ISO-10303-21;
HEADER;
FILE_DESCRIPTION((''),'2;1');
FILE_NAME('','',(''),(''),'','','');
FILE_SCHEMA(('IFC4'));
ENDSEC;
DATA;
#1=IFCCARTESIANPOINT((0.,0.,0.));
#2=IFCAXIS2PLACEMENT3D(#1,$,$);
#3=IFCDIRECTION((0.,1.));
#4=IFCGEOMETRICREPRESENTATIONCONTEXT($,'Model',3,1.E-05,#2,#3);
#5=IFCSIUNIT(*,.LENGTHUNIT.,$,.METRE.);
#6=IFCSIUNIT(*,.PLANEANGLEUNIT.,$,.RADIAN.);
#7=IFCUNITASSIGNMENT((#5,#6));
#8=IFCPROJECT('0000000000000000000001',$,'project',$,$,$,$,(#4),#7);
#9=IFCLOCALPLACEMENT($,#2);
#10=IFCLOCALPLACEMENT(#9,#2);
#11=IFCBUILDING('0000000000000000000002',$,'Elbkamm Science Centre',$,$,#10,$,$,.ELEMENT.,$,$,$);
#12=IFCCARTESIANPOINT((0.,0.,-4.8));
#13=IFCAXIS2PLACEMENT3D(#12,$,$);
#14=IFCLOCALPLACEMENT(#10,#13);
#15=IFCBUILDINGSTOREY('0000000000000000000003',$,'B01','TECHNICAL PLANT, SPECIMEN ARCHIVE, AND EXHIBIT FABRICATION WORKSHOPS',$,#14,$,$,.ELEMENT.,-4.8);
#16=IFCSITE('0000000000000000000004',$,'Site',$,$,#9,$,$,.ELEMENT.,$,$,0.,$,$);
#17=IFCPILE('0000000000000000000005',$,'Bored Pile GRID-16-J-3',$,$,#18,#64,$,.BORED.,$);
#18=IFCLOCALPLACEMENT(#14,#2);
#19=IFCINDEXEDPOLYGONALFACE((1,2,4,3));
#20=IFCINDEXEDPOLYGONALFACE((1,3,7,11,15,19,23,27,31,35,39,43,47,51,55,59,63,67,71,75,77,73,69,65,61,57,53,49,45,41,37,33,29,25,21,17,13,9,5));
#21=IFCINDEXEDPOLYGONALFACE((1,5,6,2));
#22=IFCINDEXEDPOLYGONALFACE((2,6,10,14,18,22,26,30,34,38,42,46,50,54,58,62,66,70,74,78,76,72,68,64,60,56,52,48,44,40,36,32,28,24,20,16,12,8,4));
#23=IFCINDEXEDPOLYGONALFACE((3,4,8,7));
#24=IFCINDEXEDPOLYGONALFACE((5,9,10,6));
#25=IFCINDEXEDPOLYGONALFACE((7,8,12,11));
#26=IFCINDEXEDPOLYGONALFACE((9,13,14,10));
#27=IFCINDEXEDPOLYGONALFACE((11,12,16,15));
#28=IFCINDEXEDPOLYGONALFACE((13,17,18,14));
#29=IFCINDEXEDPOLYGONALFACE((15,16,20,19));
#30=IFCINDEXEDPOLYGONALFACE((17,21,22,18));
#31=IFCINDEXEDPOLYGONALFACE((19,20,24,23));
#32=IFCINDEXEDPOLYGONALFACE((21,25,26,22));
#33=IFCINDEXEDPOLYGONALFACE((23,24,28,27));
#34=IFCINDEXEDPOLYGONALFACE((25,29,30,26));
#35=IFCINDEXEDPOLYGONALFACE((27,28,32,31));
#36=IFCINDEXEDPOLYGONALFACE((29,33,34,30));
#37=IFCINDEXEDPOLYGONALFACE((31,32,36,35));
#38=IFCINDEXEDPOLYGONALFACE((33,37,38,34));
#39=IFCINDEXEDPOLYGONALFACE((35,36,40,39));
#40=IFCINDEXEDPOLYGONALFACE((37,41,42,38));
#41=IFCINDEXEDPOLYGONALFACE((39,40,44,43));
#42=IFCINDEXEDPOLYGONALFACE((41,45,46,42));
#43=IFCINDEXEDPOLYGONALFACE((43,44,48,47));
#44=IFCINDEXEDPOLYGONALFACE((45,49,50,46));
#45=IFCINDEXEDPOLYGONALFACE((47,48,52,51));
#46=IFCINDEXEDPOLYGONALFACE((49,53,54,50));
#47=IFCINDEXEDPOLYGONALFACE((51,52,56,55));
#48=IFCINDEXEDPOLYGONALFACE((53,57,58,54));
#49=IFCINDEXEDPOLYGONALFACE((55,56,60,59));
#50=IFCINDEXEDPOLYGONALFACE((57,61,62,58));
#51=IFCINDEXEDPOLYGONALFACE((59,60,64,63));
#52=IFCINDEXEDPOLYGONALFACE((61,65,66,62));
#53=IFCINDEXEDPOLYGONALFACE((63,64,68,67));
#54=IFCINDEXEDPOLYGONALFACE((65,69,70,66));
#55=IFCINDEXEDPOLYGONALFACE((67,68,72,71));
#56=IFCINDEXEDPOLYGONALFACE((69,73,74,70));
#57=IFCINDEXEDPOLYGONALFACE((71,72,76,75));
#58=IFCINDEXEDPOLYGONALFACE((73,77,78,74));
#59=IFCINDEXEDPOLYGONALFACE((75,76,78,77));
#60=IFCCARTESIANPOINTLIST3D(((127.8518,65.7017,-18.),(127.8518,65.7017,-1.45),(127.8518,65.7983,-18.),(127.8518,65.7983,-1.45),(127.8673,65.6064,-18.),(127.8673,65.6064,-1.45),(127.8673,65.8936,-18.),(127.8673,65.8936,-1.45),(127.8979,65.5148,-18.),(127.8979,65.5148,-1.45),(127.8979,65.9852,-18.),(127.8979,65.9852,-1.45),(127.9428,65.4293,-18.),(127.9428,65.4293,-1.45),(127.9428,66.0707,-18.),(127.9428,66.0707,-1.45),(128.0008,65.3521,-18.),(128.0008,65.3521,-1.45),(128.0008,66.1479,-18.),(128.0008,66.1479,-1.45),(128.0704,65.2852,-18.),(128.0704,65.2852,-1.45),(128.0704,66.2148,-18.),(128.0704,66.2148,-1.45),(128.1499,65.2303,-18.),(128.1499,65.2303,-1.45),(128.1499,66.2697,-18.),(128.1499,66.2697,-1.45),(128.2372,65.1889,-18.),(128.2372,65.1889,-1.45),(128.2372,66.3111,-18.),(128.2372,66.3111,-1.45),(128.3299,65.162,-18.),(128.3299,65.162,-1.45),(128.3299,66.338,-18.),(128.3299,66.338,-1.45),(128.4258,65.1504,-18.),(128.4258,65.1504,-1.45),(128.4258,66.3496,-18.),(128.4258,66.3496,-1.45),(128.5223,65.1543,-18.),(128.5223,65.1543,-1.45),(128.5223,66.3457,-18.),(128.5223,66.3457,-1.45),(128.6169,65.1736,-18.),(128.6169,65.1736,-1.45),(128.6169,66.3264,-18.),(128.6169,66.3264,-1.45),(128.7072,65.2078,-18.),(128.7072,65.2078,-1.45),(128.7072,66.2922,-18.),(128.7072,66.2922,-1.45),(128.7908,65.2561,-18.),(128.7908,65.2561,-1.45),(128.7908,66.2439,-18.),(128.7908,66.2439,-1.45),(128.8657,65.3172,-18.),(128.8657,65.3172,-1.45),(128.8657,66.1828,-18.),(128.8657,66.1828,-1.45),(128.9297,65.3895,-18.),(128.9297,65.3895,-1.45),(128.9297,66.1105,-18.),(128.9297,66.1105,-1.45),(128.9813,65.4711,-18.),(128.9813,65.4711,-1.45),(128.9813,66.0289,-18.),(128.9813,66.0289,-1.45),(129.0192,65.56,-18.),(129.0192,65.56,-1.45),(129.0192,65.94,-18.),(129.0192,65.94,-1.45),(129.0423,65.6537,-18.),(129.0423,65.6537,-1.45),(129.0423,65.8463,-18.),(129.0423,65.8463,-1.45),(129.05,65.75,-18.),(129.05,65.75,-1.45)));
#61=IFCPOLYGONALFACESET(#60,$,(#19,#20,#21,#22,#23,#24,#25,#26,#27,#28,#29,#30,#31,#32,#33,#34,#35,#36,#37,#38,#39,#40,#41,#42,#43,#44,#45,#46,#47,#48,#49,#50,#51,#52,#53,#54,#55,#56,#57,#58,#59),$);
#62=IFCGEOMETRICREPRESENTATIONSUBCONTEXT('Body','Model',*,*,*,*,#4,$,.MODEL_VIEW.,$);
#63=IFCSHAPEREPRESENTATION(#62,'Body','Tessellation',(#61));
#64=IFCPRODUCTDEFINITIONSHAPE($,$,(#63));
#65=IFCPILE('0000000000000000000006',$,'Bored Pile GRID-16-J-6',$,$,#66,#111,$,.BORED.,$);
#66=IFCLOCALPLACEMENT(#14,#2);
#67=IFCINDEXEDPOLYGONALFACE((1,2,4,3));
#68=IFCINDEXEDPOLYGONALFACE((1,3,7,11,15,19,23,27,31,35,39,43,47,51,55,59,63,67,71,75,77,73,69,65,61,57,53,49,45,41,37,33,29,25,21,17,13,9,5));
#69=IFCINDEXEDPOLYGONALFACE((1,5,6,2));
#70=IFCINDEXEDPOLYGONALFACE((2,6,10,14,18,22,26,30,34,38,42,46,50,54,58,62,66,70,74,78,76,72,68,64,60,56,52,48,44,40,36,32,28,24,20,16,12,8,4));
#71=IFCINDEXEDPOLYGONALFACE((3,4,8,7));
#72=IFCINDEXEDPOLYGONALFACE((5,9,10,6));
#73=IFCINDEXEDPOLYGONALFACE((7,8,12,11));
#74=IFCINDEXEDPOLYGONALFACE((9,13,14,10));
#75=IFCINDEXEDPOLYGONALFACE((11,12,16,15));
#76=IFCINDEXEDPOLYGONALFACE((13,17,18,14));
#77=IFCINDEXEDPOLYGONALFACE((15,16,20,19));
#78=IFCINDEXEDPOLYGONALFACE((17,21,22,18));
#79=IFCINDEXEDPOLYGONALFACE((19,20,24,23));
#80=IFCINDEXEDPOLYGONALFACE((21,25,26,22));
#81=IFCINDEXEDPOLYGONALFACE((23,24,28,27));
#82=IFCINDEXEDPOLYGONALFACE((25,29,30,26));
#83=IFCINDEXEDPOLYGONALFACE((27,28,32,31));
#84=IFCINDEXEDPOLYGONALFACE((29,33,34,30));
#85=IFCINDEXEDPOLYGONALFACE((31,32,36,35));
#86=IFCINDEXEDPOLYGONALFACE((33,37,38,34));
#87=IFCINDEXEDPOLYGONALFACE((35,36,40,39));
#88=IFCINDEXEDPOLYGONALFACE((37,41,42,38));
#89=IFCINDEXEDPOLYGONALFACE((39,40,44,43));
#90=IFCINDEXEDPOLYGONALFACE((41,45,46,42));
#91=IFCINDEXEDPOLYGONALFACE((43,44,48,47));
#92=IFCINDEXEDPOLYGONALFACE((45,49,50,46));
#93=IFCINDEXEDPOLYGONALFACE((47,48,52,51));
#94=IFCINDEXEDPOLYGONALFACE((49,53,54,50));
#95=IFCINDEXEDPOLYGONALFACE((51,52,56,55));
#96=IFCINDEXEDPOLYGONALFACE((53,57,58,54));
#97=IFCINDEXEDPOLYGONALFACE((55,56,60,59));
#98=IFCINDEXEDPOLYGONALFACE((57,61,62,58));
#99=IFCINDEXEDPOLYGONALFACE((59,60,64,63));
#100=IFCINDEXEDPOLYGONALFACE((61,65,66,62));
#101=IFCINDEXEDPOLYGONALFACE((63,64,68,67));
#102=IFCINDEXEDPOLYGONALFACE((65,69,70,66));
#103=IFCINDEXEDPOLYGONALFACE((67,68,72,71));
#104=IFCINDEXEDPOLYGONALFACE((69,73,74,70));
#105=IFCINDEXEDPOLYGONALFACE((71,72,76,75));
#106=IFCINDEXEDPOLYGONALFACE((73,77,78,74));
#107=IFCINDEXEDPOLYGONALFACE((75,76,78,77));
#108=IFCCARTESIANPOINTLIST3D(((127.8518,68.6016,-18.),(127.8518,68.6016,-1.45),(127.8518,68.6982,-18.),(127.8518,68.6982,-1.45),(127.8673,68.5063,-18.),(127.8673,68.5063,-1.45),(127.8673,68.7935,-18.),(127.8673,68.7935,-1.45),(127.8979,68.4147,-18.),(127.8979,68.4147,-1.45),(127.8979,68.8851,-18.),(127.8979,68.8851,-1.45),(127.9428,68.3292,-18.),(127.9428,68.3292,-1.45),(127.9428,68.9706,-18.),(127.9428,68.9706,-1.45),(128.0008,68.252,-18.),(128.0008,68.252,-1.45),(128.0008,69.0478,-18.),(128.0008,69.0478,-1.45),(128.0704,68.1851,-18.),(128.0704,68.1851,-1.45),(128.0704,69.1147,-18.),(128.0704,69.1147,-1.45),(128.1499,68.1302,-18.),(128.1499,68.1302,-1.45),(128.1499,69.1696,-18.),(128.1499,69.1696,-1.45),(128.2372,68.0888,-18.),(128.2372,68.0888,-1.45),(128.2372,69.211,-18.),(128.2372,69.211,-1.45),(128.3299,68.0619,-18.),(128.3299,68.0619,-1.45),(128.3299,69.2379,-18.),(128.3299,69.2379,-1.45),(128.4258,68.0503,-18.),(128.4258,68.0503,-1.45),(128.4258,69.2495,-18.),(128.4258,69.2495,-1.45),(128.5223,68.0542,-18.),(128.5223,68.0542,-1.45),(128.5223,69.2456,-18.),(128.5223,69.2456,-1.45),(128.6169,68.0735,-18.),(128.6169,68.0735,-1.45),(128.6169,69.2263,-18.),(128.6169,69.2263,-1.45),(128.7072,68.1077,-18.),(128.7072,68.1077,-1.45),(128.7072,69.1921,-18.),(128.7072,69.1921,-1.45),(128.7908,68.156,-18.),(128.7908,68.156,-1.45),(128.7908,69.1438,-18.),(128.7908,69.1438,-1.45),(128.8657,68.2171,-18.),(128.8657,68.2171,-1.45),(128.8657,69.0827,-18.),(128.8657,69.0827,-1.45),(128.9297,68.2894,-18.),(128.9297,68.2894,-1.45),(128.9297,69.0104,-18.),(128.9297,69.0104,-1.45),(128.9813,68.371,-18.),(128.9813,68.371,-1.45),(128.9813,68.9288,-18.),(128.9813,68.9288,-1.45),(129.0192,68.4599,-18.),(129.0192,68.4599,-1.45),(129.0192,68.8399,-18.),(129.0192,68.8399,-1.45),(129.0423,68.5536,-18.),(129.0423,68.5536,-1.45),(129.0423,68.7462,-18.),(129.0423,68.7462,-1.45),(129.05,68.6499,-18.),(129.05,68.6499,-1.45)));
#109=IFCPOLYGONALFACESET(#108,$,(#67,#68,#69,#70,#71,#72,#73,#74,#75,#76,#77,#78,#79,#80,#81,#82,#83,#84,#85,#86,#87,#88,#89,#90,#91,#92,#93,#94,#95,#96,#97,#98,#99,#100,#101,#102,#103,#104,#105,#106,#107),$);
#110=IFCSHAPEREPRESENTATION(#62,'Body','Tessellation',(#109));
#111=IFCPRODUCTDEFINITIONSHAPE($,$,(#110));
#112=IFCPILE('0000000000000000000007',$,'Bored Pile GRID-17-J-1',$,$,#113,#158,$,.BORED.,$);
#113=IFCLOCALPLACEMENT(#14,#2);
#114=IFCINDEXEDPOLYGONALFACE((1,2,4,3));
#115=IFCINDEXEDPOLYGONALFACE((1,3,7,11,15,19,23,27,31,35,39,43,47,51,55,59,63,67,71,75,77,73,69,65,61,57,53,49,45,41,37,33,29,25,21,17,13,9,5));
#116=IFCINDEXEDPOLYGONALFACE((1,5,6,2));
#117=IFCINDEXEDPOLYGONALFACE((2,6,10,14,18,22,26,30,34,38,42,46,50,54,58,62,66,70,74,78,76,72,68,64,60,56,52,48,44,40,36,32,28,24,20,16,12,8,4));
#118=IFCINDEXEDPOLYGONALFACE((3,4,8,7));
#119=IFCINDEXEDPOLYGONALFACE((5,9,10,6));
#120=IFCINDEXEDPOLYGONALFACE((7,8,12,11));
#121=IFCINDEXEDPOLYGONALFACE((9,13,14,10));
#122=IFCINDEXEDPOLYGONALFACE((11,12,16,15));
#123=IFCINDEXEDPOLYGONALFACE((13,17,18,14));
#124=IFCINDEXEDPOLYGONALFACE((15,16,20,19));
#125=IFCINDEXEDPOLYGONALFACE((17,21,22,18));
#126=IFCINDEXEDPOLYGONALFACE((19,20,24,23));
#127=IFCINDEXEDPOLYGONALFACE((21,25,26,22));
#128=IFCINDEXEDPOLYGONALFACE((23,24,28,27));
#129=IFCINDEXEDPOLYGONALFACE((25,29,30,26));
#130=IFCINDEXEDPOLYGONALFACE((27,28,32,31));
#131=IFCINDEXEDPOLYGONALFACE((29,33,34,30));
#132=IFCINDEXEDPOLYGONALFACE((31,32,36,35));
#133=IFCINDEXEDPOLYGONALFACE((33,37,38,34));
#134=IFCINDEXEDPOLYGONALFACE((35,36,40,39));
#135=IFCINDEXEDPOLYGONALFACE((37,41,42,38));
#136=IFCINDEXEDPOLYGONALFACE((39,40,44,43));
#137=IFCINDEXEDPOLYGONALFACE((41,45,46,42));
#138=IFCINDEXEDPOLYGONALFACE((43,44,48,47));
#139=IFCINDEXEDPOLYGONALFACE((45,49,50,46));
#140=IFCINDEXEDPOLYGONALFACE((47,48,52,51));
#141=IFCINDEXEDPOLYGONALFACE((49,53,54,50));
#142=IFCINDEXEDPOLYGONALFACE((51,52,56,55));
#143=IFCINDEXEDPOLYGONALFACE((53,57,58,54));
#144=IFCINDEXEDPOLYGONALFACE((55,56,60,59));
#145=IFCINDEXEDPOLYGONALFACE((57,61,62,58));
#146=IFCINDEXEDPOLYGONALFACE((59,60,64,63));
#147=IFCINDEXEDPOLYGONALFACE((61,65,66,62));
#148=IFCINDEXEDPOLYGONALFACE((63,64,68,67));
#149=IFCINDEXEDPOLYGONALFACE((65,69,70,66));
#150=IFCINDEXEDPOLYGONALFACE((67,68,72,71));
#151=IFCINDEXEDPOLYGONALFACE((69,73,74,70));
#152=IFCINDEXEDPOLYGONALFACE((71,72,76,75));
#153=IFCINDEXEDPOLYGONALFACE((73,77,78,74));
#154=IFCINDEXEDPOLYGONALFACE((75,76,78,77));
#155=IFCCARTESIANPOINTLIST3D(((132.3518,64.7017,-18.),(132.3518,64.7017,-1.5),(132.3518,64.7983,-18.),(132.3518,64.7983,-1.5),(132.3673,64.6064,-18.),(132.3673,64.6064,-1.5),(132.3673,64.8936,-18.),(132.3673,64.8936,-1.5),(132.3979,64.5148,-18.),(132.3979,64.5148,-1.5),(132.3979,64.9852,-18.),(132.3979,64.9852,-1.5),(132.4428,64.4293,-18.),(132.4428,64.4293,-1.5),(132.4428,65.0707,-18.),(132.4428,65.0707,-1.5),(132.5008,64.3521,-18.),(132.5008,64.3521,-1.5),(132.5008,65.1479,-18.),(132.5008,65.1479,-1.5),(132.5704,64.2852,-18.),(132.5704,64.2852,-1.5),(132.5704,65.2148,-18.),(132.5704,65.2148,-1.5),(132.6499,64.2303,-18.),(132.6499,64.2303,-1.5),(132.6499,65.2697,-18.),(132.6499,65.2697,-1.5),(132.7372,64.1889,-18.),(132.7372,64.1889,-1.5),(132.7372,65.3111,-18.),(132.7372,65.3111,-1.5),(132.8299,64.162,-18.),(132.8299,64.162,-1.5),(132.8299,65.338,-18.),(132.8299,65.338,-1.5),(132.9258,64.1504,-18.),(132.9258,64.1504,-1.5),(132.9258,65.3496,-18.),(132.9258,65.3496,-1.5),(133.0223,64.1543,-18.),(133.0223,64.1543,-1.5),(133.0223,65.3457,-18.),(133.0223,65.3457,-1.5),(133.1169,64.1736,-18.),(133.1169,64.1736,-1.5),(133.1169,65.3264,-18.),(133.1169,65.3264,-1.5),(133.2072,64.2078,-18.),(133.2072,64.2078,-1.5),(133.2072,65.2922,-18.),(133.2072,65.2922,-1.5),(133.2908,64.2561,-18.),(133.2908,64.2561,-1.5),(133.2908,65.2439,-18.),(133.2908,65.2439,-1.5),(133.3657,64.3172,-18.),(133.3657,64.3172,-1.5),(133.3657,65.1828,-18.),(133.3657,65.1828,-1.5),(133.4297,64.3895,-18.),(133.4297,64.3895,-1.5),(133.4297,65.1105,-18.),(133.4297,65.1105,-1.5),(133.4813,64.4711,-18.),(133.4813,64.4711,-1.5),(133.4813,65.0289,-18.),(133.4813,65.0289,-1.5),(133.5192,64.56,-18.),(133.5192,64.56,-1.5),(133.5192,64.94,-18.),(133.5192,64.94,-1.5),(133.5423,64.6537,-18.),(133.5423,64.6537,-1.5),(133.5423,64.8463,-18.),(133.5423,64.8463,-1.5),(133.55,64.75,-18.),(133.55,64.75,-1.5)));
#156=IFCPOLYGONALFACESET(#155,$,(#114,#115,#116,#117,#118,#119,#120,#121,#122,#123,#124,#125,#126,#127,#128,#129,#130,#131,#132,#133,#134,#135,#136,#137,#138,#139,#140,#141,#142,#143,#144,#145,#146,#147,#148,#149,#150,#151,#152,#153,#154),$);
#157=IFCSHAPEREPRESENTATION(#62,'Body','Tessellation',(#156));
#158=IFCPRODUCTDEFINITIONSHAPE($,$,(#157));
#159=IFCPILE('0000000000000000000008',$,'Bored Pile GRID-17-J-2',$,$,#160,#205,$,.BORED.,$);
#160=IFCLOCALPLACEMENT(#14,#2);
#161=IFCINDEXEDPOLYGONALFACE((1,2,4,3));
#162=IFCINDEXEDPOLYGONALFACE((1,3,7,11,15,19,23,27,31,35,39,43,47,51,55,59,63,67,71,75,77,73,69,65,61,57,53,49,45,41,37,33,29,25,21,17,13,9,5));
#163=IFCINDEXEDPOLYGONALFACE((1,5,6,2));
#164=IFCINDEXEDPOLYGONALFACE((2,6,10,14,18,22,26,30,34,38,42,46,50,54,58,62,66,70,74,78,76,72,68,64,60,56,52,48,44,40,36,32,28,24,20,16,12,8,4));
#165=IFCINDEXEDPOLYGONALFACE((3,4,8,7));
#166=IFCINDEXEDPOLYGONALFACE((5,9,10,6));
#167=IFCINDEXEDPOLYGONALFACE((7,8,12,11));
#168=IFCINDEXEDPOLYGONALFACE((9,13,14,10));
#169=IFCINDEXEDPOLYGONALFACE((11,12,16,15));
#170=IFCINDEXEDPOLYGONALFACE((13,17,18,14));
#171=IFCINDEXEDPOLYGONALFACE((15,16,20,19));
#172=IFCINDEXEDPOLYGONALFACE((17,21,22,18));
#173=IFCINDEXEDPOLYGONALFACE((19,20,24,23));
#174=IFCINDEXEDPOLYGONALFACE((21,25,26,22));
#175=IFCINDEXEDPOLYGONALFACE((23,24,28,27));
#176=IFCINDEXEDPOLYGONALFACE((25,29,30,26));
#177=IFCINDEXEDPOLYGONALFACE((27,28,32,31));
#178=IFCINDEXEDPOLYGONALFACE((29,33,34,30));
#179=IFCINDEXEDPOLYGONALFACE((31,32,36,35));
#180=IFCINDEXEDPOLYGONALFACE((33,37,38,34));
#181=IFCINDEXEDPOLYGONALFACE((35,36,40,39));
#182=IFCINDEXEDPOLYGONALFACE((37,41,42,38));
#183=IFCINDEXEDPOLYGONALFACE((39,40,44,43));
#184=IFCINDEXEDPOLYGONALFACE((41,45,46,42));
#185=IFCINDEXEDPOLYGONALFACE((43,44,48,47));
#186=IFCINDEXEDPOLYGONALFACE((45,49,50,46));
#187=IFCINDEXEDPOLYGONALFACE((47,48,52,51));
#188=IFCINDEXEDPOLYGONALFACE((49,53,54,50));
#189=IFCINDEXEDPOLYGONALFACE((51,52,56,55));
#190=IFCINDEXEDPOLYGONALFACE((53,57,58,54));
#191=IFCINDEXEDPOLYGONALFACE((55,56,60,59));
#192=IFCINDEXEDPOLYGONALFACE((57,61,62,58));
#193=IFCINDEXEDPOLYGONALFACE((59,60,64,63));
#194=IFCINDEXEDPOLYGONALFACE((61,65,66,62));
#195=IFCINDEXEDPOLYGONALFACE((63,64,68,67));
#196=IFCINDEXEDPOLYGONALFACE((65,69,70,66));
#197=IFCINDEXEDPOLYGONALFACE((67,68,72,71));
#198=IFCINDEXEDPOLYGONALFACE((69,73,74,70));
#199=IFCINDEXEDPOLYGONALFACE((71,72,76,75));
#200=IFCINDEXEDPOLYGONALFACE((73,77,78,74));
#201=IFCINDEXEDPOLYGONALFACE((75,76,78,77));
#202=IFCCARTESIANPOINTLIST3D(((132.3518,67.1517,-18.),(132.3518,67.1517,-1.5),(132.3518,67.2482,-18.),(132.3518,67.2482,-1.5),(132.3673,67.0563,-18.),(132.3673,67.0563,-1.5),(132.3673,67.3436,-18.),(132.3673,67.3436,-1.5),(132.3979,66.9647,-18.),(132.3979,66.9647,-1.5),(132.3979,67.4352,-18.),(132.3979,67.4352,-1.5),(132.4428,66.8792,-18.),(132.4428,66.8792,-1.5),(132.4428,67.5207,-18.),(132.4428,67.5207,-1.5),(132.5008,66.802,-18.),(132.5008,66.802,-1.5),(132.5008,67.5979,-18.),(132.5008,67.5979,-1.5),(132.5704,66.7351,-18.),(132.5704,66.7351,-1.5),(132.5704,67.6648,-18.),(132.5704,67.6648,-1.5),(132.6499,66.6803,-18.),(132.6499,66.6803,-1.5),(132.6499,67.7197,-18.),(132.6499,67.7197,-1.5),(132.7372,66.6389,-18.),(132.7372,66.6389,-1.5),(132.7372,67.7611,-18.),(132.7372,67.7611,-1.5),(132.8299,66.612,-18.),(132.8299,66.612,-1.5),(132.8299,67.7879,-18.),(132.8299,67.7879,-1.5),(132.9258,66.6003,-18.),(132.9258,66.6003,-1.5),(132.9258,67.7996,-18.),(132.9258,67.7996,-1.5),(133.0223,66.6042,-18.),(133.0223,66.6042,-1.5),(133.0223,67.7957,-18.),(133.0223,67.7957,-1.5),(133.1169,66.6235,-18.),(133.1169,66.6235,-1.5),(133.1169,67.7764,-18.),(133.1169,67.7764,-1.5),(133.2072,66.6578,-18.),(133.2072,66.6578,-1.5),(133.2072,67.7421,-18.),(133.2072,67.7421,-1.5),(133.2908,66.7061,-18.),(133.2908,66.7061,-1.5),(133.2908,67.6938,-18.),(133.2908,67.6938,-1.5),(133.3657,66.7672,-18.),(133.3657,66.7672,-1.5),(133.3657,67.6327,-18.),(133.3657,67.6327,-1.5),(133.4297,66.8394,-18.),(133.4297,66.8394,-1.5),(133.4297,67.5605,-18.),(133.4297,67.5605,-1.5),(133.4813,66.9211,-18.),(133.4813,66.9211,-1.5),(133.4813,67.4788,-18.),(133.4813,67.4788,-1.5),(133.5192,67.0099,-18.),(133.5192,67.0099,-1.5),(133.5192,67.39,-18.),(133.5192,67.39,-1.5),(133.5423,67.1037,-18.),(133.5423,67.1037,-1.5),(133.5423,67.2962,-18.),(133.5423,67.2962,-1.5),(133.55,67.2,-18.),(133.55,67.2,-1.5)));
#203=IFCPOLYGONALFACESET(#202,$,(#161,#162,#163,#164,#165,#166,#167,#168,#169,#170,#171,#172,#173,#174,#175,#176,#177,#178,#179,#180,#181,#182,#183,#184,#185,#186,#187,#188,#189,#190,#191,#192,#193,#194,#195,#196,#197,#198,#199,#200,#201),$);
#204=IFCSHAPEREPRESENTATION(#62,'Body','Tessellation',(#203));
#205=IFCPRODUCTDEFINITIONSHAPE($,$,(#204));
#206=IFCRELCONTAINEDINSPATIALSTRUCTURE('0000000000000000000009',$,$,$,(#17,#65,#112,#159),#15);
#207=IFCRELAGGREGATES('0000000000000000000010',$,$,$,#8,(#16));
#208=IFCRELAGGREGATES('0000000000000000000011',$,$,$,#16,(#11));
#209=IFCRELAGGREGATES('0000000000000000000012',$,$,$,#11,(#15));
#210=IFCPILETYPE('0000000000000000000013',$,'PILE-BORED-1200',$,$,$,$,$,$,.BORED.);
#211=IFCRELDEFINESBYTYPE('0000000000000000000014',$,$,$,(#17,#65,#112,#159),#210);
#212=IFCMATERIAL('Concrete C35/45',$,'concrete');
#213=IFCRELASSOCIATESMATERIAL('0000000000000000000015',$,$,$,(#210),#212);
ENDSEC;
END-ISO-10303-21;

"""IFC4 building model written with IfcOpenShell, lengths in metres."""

from ifc_helpers import new_model, si_unit, direction, frame, origin, origin_2d, place, context, subcontext, project, spatial, circle, extrude, material, material_profile, profile_set, type_object, element, save


model = new_model("IFC4")

# Units and contexts
model_context = context("Model", 3, precision=1e-05, world=origin(), true_north=direction((0.0, 1.0)))
body_context = subcontext(model_context, "Body", "Model", "MODEL_VIEW")
ifc_project = project(units=[si_unit("LENGTHUNIT", "METRE"), si_unit("PLANEANGLEUNIT", "RADIAN")], contexts=[model_context])

# Site, building, storey
site_placement = place(None, origin())
site = spatial("IfcSite", under=ifc_project, at=site_placement, Name="Site", CompositionType="ELEMENT", RefElevation=0.0)
building_placement = place(site_placement, origin())
building = spatial("IfcBuilding", under=site, at=building_placement, Name="Elbkamm Science Centre", CompositionType="ELEMENT")
storey_placement = place(building_placement, frame((0.0, 0.0, -4.8)))
storey = spatial("IfcBuildingStorey", under=building, at=storey_placement, Name="B01", Description="TECHNICAL PLANT, SPECIMEN ARCHIVE, AND EXHIBIT FABRICATION WORKSHOPS", CompositionType="ELEMENT", Elevation=-4.8)

# Shared definitions
ifc_material_1 = material(Name="Concrete C35/45", Category="concrete")

# Piles
ifc_material_profile_1 = material_profile(ifc_material_1, circle(Radius=0.6001, at=origin_2d()), Name="PILE D1200")
ifc_profile_set_1 = profile_set([ifc_material_profile_1], Name="Concrete C35/45")
pile_type_1 = type_object("IfcPileType", Name="PILE-BORED-1200", PredefinedType="BORED", material=ifc_profile_set_1)
for number, where, z_axis, x_axis, name in (
    (1, (128.45, 65.75, -1.45), (0.0, 0.0, -1.0), (1.0, 0.0, 0.0), "Bored Pile GRID-16-J-3"),
    (2, (128.45, 68.6499, -1.45), (0.0, 0.0, -1.0), (1.0, 0.0, 0.0), "Bored Pile GRID-16-J-6"),
):
    element("IfcPile", number, at=place(storey_placement, frame(where, z_axis=z_axis, x_axis=x_axis)), inside=storey, type_object=pile_type_1, Name=name, PredefinedType="BORED", context=body_context, shape_type="SweptSolid", body=[
        extrude(circle(Radius=0.6001, at=origin_2d()), origin(), (0.0, 0.0, 1.0), 16.55),
    ])
for number, where, z_axis, x_axis, name in (
    (3, (132.95, 64.75, -1.5), (0.0, 0.0, -1.0), (1.0, 0.0, 0.0), "Bored Pile GRID-17-J-1"),
    (4, (132.95, 67.2, -1.5), (0.0, 0.0, -1.0), (1.0, 0.0, 0.0), "Bored Pile GRID-17-J-2"),
):
    element("IfcPile", number, at=place(storey_placement, frame(where, z_axis=z_axis, x_axis=x_axis)), inside=storey, type_object=pile_type_1, Name=name, PredefinedType="BORED", context=body_context, shape_type="SweptSolid", body=[
        extrude(circle(Radius=0.6001, at=origin_2d()), origin(), (0.0, 0.0, 1.0), 16.5),
    ])

save(model, "model.ifc")
